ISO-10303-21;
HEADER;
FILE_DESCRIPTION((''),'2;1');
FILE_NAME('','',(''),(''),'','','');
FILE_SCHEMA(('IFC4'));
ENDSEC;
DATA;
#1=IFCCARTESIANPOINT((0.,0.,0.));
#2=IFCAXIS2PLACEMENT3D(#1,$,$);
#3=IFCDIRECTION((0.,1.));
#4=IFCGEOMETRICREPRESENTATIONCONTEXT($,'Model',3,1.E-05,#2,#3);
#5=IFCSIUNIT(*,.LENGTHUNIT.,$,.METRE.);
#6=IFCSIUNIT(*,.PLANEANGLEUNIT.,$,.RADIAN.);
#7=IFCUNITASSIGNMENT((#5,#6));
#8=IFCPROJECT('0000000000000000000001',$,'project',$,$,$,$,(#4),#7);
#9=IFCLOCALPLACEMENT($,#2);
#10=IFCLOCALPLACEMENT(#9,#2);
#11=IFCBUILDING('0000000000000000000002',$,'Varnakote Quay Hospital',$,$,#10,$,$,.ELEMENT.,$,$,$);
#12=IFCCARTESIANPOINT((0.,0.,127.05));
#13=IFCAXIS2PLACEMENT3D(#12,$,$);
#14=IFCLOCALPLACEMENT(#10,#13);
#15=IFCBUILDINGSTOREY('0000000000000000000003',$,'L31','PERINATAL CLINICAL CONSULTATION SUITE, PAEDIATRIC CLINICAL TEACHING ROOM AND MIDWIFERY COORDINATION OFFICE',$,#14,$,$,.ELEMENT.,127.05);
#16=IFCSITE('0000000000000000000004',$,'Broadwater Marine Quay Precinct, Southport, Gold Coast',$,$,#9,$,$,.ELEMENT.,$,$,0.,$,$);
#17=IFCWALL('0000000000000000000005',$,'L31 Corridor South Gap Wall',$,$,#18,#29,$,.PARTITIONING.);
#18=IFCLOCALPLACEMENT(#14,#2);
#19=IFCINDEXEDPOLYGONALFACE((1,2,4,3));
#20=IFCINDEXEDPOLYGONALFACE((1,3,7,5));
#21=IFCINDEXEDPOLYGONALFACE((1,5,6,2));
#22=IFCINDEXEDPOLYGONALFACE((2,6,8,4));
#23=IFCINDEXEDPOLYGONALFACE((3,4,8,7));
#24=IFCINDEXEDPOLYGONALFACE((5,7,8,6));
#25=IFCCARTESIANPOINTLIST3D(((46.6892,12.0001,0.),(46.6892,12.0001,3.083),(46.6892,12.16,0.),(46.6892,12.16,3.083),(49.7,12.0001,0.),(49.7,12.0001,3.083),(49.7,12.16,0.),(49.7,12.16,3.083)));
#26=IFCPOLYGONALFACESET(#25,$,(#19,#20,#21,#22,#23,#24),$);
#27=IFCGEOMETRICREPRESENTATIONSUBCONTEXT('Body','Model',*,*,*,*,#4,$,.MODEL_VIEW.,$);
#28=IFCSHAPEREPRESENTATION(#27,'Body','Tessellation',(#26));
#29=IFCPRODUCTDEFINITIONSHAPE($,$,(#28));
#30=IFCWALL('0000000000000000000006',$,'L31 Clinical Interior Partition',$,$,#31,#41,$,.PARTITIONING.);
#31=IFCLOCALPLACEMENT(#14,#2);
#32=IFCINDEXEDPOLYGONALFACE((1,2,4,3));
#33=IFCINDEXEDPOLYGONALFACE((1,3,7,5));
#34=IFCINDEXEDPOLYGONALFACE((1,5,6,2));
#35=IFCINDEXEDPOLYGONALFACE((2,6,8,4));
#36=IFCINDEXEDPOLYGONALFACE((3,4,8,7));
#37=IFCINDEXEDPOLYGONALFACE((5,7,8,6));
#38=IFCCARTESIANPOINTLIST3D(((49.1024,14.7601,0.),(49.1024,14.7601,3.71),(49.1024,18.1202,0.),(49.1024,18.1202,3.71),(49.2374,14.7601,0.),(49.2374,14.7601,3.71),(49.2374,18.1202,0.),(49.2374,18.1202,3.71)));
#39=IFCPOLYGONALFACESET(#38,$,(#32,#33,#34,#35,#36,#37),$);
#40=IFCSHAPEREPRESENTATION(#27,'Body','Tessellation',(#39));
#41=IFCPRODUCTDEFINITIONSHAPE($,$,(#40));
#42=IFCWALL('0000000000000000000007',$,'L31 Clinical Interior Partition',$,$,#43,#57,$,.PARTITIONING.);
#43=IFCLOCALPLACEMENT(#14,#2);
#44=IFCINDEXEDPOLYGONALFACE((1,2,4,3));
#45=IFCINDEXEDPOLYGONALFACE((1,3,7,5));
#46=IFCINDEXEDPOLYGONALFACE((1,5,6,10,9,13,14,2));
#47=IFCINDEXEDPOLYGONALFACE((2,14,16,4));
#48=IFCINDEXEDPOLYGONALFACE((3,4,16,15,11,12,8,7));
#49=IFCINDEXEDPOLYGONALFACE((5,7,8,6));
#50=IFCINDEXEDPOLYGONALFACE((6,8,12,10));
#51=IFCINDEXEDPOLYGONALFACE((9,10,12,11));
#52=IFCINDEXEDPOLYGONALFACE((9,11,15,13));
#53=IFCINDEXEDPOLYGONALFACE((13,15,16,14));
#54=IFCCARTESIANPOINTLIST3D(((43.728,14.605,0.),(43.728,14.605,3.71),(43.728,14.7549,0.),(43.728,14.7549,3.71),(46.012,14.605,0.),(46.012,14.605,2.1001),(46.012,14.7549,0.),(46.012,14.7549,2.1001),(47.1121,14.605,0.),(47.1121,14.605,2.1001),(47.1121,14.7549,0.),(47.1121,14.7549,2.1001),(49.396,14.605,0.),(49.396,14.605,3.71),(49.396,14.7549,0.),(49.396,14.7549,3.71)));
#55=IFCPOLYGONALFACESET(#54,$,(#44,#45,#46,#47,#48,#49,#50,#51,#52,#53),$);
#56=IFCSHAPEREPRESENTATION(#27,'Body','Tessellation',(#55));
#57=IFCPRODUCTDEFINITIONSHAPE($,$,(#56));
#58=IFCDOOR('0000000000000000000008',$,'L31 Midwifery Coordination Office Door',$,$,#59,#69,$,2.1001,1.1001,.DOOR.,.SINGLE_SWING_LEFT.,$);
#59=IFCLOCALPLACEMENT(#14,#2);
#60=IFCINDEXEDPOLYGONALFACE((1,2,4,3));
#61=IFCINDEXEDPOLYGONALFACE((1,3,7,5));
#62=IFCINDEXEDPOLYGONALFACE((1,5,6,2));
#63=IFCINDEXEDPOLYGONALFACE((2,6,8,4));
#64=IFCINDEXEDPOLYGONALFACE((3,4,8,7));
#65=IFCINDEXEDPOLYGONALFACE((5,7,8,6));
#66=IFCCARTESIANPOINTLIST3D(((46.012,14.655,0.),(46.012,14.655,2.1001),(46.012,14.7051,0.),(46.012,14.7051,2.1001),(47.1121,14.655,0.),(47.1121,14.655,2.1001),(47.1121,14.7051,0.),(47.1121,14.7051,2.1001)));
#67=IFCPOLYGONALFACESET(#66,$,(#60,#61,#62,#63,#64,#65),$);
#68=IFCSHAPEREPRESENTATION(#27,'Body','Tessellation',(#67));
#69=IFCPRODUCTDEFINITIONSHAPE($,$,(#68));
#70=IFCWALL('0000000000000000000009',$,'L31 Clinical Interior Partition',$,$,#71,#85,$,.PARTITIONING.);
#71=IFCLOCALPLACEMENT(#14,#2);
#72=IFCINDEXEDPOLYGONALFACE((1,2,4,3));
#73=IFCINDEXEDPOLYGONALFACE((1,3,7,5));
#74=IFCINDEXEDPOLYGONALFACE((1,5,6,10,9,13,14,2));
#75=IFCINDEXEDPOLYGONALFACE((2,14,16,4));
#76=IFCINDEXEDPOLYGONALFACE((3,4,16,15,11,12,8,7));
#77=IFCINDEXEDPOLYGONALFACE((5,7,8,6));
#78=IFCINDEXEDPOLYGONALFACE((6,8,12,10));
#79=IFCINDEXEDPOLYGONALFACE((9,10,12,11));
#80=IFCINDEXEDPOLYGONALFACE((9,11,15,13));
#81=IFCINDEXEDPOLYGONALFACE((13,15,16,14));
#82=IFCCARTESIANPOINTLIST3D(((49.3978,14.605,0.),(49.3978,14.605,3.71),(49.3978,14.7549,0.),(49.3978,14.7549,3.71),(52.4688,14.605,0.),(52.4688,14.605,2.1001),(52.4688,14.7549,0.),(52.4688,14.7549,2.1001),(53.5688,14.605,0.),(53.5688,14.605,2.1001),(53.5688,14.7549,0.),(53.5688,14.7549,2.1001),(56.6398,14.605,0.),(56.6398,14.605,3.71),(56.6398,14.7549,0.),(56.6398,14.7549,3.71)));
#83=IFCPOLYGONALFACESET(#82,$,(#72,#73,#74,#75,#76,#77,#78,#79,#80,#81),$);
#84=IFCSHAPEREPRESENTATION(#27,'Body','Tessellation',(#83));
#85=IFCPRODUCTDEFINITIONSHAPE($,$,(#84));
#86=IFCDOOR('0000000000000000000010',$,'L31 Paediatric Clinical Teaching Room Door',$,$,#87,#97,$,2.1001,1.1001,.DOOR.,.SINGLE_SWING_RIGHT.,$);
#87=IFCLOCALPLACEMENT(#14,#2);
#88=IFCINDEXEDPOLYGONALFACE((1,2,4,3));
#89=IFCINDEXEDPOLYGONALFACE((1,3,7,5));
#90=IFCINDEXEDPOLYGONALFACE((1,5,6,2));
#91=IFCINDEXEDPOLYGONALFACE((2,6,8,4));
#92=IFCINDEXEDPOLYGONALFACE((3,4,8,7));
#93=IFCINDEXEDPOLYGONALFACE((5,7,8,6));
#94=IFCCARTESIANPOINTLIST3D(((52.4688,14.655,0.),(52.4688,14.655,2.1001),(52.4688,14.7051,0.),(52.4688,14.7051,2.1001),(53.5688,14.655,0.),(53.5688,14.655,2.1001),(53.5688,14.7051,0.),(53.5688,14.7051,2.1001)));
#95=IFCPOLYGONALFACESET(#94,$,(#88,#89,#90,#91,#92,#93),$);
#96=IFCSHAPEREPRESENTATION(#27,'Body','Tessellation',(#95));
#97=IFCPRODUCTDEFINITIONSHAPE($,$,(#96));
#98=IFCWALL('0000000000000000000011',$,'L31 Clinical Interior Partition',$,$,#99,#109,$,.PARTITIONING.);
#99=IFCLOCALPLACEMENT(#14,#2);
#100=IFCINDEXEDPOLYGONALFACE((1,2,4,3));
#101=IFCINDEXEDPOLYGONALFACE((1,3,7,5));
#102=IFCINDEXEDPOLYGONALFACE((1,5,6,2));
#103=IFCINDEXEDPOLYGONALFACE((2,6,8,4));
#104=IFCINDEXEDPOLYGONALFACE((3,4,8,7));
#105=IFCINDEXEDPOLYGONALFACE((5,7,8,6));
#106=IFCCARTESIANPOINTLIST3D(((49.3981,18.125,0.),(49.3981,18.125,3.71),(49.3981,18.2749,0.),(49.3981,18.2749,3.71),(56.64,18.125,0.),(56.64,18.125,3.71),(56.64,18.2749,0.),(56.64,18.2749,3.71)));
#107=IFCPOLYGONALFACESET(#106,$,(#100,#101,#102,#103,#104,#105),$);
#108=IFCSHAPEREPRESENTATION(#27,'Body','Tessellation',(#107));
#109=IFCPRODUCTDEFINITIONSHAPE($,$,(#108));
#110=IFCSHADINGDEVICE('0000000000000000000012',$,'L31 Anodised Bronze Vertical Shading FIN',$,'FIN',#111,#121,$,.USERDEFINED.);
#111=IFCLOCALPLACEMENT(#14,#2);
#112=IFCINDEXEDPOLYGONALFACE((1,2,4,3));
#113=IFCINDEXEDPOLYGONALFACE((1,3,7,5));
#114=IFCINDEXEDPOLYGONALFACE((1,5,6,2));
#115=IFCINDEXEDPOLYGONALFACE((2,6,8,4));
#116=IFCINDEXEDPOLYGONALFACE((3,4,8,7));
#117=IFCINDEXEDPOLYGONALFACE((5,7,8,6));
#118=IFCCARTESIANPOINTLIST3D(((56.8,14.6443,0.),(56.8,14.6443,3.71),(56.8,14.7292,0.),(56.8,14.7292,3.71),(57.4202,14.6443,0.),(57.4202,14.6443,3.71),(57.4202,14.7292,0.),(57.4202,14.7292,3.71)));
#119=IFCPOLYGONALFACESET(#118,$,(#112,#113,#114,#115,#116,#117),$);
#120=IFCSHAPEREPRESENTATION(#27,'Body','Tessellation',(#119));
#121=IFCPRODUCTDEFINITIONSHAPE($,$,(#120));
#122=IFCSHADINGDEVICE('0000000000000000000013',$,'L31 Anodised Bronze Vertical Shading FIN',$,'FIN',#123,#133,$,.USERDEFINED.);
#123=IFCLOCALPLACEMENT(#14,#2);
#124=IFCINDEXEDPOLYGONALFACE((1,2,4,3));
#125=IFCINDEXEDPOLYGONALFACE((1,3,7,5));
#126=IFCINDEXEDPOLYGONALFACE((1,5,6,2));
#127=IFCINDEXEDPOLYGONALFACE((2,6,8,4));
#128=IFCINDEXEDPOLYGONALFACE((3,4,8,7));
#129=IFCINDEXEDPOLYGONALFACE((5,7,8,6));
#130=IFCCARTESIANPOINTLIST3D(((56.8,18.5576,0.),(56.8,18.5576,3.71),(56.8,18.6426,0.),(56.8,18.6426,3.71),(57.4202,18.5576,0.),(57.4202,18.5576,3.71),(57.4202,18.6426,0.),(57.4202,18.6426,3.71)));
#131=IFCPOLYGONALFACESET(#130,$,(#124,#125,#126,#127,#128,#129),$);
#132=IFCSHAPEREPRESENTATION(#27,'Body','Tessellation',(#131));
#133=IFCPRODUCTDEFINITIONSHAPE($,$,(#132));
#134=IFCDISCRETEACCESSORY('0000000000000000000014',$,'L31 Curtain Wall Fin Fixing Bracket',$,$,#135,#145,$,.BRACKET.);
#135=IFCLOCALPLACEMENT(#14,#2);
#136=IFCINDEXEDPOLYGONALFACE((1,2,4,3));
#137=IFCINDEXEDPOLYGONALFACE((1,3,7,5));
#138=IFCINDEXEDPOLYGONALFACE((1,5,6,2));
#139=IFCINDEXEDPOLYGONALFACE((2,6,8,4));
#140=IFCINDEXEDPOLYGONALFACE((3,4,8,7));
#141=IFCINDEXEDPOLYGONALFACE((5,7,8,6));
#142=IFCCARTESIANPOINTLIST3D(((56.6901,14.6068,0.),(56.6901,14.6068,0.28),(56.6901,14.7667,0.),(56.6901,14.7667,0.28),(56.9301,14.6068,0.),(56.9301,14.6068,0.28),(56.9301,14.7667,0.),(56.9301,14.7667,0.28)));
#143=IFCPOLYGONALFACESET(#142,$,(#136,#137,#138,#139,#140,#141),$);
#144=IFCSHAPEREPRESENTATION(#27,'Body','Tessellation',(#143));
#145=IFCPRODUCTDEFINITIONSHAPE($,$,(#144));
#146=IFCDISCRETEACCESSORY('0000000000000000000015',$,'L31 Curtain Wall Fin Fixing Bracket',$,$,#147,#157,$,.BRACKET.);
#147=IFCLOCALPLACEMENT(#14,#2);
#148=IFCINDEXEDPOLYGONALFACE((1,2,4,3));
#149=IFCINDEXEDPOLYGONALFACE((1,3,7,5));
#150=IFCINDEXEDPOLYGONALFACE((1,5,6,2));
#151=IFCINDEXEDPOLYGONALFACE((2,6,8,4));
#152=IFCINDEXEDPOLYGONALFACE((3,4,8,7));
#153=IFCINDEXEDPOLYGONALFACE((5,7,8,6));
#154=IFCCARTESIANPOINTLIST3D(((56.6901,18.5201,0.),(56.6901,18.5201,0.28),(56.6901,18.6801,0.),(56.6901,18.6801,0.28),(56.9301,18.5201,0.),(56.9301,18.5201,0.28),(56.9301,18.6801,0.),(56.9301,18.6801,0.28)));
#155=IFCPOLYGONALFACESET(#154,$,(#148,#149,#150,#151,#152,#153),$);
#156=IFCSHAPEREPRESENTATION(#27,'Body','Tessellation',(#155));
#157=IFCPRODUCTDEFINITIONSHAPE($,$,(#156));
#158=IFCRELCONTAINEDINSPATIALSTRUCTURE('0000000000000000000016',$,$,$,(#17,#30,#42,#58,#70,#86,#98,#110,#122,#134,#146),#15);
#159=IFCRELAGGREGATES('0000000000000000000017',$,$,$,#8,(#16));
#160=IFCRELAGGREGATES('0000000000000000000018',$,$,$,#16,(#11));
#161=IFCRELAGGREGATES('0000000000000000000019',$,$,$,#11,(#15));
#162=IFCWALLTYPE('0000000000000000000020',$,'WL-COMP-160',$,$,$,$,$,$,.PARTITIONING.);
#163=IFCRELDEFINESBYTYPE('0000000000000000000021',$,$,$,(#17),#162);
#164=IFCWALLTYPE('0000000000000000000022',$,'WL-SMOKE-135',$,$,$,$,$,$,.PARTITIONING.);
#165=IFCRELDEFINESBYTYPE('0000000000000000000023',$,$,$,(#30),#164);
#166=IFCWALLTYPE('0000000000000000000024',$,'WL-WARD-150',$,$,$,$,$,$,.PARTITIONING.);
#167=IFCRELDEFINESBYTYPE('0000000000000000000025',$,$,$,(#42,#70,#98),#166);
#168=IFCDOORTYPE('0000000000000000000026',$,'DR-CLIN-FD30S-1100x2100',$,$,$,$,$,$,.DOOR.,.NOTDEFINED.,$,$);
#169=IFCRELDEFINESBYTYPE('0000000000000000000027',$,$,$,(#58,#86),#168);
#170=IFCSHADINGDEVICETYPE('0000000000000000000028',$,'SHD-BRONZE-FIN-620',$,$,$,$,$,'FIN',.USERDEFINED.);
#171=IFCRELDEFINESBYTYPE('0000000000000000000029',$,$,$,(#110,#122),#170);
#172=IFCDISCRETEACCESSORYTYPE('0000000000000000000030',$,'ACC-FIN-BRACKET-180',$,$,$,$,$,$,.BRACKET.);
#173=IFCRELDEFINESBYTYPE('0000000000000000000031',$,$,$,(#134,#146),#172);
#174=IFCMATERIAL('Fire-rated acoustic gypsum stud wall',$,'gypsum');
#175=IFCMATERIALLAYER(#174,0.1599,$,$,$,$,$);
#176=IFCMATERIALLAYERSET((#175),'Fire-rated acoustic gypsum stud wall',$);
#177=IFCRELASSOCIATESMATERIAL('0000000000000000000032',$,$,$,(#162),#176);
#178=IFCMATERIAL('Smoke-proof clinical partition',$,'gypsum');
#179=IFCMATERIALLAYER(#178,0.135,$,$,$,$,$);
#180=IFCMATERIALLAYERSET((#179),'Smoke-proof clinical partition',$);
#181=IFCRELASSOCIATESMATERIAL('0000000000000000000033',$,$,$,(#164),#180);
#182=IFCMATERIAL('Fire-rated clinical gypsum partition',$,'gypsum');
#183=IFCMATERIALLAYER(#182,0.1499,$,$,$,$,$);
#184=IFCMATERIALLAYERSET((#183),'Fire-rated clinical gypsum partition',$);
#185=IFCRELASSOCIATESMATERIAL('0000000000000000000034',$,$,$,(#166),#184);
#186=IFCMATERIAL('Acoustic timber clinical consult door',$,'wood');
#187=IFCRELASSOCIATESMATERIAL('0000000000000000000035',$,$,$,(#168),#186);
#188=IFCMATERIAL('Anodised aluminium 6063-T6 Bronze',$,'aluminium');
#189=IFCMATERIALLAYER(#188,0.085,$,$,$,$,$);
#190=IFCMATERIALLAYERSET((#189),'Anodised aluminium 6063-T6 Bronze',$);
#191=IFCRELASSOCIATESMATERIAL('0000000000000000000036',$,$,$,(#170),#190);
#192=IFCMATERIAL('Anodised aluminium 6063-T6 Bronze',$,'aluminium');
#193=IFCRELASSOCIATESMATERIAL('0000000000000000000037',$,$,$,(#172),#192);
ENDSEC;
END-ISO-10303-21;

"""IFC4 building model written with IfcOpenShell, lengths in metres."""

from ifc_helpers import new_model, si_unit, direction, frame, frame_2d, origin, origin_2d, place, context, subcontext, project, spatial, rectangle, extrude, material, layer, layer_set, type_object, element, fill, save


model = new_model("IFC4")

# Units and contexts
model_context = context("Model", 3, precision=1e-05, world=origin(), true_north=direction((0.0, 1.0)))
body_context = subcontext(model_context, "Body", "Model", "MODEL_VIEW")
ifc_project = project(units=[si_unit("LENGTHUNIT", "METRE"), si_unit("PLANEANGLEUNIT", "RADIAN")], contexts=[model_context])

# Site, building, storey
site_placement = place(None, origin())
site = spatial("IfcSite", under=ifc_project, at=site_placement, Name="Broadwater Marine Quay Precinct, Southport, Gold Coast", CompositionType="ELEMENT", RefElevation=0.0)
building_placement = place(site_placement, origin())
building = spatial("IfcBuilding", under=site, at=building_placement, Name="Varnakote Quay Hospital", CompositionType="ELEMENT")
storey_placement = place(building_placement, frame((0.0, 0.0, 127.05)))
storey = spatial("IfcBuildingStorey", under=building, at=storey_placement, Name="L31", Description="PERINATAL CLINICAL CONSULTATION SUITE, PAEDIATRIC CLINICAL TEACHING ROOM AND MIDWIFERY COORDINATION OFFICE", CompositionType="ELEMENT", Elevation=127.05)

# Walls
ifc_material_1 = material(Name="Fire-rated acoustic gypsum stud wall", Category="gypsum")
ifc_layer_1 = layer(ifc_material_1, 0.1599)
ifc_layer_set_1 = layer_set([ifc_layer_1], Name="Fire-rated acoustic gypsum stud wall")
wall_type_1 = type_object("IfcWallType", Name="WL-COMP-160", PredefinedType="PARTITIONING", material=ifc_layer_set_1)
wall_1_placement = place(storey_placement, frame((46.6892, 12.0801, 0.0), z_axis=(0.0, 0.0, 1.0), x_axis=(1.0, 0.0, 0.0)))
element("IfcWall", 1, at=wall_1_placement, inside=storey, type_object=wall_type_1, Name="L31 Corridor South Gap Wall", PredefinedType="PARTITIONING", context=body_context, shape_type="SweptSolid", body=[
    extrude(rectangle(XDim=3.0107, YDim=0.1599, at=frame_2d((1.5054, 0.0))), origin(), (0.0, 0.0, 1.0), 3.083),
])
ifc_material_2 = material(Name="Smoke-proof clinical partition", Category="gypsum")
ifc_layer_2 = layer(ifc_material_2, 0.135)
ifc_layer_set_2 = layer_set([ifc_layer_2], Name="Smoke-proof clinical partition")
wall_type_2 = type_object("IfcWallType", Name="WL-SMOKE-135", PredefinedType="PARTITIONING", material=ifc_layer_set_2)
wall_2_placement = place(storey_placement, frame((49.1699, 14.76, 0.0), z_axis=(0.0, 0.0, 1.0), x_axis=(0.0, 1.0, 0.0)))
element("IfcWall", 2, at=wall_2_placement, inside=storey, type_object=wall_type_2, Name="L31 Clinical Interior Partition", PredefinedType="PARTITIONING", context=body_context, shape_type="SweptSolid", body=[
    extrude(rectangle(XDim=3.3601, YDim=0.135, at=frame_2d((1.6802, 0.0))), origin(), (0.0, 0.0, 1.0), 3.71),
])

# Walls, openings, doors
ifc_material_3 = material(Name="Fire-rated clinical gypsum partition", Category="gypsum")
ifc_layer_3 = layer(ifc_material_3, 0.1499)
ifc_layer_set_3 = layer_set([ifc_layer_3], Name="Fire-rated clinical gypsum partition")
wall_type_3 = type_object("IfcWallType", Name="WL-WARD-150", PredefinedType="PARTITIONING", material=ifc_layer_set_3)
wall_3_placement = place(storey_placement, frame((49.396, 14.6799, 0.0), z_axis=(0.0, 0.0, 1.0), x_axis=(-1.0, 0.0, 0.0)))
wall_3 = element("IfcWall", 3, at=wall_3_placement, inside=storey, type_object=wall_type_3, Name="L31 Clinical Interior Partition", PredefinedType="PARTITIONING", context=body_context, shape_type="SweptSolid", body=[
    extrude(rectangle(XDim=5.668, YDim=0.1499, at=frame_2d((2.834, 0.0))), origin(), (0.0, 0.0, 1.0), 3.71),
])
opening_1_placement = place(wall_3_placement, frame((2.2839, 0.0, 0.0)))
opening_1 = element("IfcOpeningElement", 4, at=opening_1_placement, cuts=wall_3, PredefinedType="OPENING", context=body_context, shape_type="SweptSolid", body=[
    extrude(rectangle(XDim=1.1001, YDim=2.1001, at=frame_2d((0.55, 1.05))), frame((0.0, 0.085, 0.0), z_axis=(0.0, -1.0, 0.0), x_axis=(1.0, 0.0, 0.0)), (0.0, 0.0, 1.0), 0.1699),
])
ifc_material_4 = material(Name="Acoustic timber clinical consult door", Category="wood")
door_type = type_object("IfcDoorType", Name="DR-CLIN-FD30S-1100x2100", OperationType="NOTDEFINED", PredefinedType="DOOR", material=ifc_material_4)
door_1_placement = place(opening_1_placement, origin())
door_1 = element("IfcDoor", 5, at=door_1_placement, inside=storey, type_object=door_type, Name="L31 Midwifery Coordination Office Door", OperationType="SINGLE_SWING_LEFT", OverallHeight=2.1001, OverallWidth=1.1001, PredefinedType="DOOR", context=body_context, shape_type="SweptSolid", body=[
    extrude(rectangle(XDim=1.1001, YDim=2.1001, at=frame_2d((0.55, 1.05))), frame((0.0, 0.0249, 0.0), z_axis=(0.0, -1.0, 0.0), x_axis=(1.0, 0.0, 0.0)), (0.0, 0.0, 1.0), 0.05),
])
fill(opening_1, door_1)
wall_4_placement = place(storey_placement, frame((56.6399, 14.6799, 0.0), z_axis=(0.0, 0.0, 1.0), x_axis=(-1.0, 0.0, 0.0)))
wall_4 = element("IfcWall", 6, at=wall_4_placement, inside=storey, type_object=wall_type_3, Name="L31 Clinical Interior Partition", PredefinedType="PARTITIONING", context=body_context, shape_type="SweptSolid", body=[
    extrude(rectangle(XDim=7.2419, YDim=0.1499, at=frame_2d((3.6211, 0.0))), origin(), (0.0, 0.0, 1.0), 3.71),
])
opening_2_placement = place(wall_4_placement, frame((3.071, 0.0, 0.0)))
opening_2 = element("IfcOpeningElement", 7, at=opening_2_placement, cuts=wall_4, PredefinedType="OPENING", context=body_context, shape_type="SweptSolid", body=[
    extrude(rectangle(XDim=1.1001, YDim=2.1001, at=frame_2d((0.55, 1.05))), frame((0.0, 0.085, 0.0), z_axis=(0.0, -1.0, 0.0), x_axis=(1.0, 0.0, 0.0)), (0.0, 0.0, 1.0), 0.1699),
])
door_2_placement = place(opening_2_placement, origin())
door_2 = element("IfcDoor", 8, at=door_2_placement, inside=storey, type_object=door_type, Name="L31 Paediatric Clinical Teaching Room Door", OperationType="SINGLE_SWING_RIGHT", OverallHeight=2.1001, OverallWidth=1.1001, PredefinedType="DOOR", context=body_context, shape_type="SweptSolid", body=[
    extrude(rectangle(XDim=1.1001, YDim=2.1001, at=frame_2d((0.55, 1.05))), frame((0.0, 0.0249, 0.0), z_axis=(0.0, -1.0, 0.0), x_axis=(1.0, 0.0, 0.0)), (0.0, 0.0, 1.0), 0.05),
])
fill(opening_2, door_2)

# Wall
wall_5_placement = place(storey_placement, frame((49.3979, 18.2, 0.0), z_axis=(0.0, 0.0, 1.0), x_axis=(1.0, 0.0, 0.0)))
element("IfcWall", 9, at=wall_5_placement, inside=storey, type_object=wall_type_3, Name="L31 Clinical Interior Partition", PredefinedType="PARTITIONING", context=body_context, shape_type="SweptSolid", body=[
    extrude(rectangle(XDim=7.2419, YDim=0.1499, at=frame_2d((3.6211, 0.0))), origin(), (0.0, 0.0, 1.0), 3.71),
])

# Shading devices
ifc_material_5 = material(Name="Anodised aluminium 6063-T6 Bronze", Category="aluminium")
ifc_layer_4 = layer(ifc_material_5, 0.085)
ifc_layer_set_4 = layer_set([ifc_layer_4], Name="Anodised aluminium 6063-T6 Bronze")
shading_device_type = type_object("IfcShadingDeviceType", Name="SHD-BRONZE-FIN-620", ElementType="FIN", PredefinedType="USERDEFINED", material=ifc_layer_set_4)
for number, where, z_axis, x_axis, name in (
    (10, (57.1101, 14.6868, 0.0), (0.0, 0.0, 1.0), (-1.0, 0.0, 0.0), "L31 Anodised Bronze Vertical Shading FIN"),
    (11, (57.1101, 18.6001, 0.0), (0.0, 0.0, 1.0), (-1.0, 0.0, 0.0), "L31 Anodised Bronze Vertical Shading FIN"),
):
    element("IfcShadingDevice", number, at=place(storey_placement, frame(where, z_axis=z_axis, x_axis=x_axis)), inside=storey, type_object=shading_device_type, Name=name, ObjectType="FIN", PredefinedType="USERDEFINED", context=body_context, shape_type="SweptSolid", body=[
        extrude(rectangle(XDim=0.6201, YDim=0.085, at=origin_2d()), origin(), (0.0, 0.0, 1.0), 3.71),
    ])

# Discrete accessories
ifc_material_6 = material(Name="Anodised aluminium 6063-T6 Bronze", Category="aluminium")
discrete_accessory_type = type_object("IfcDiscreteAccessoryType", Name="ACC-FIN-BRACKET-180", PredefinedType="BRACKET", material=ifc_material_6)
for number, where, z_axis, x_axis, name in (
    (12, (56.8101, 14.6868, 0.0), (0.0, 0.0, 1.0), (0.0, 1.0, 0.0), "L31 Curtain Wall Fin Fixing Bracket"),
    (13, (56.8101, 18.6001, 0.0), (0.0, 0.0, 1.0), (0.0, 1.0, 0.0), "L31 Curtain Wall Fin Fixing Bracket"),
):
    element("IfcDiscreteAccessory", number, at=place(storey_placement, frame(where, z_axis=z_axis, x_axis=x_axis)), inside=storey, type_object=discrete_accessory_type, Name=name, PredefinedType="BRACKET", context=body_context, shape_type="SweptSolid", body=[
        extrude(rectangle(XDim=0.1599, YDim=0.24, at=origin_2d()), origin(), (0.0, 0.0, 1.0), 0.28),
    ])

save(model, "model.ifc")
